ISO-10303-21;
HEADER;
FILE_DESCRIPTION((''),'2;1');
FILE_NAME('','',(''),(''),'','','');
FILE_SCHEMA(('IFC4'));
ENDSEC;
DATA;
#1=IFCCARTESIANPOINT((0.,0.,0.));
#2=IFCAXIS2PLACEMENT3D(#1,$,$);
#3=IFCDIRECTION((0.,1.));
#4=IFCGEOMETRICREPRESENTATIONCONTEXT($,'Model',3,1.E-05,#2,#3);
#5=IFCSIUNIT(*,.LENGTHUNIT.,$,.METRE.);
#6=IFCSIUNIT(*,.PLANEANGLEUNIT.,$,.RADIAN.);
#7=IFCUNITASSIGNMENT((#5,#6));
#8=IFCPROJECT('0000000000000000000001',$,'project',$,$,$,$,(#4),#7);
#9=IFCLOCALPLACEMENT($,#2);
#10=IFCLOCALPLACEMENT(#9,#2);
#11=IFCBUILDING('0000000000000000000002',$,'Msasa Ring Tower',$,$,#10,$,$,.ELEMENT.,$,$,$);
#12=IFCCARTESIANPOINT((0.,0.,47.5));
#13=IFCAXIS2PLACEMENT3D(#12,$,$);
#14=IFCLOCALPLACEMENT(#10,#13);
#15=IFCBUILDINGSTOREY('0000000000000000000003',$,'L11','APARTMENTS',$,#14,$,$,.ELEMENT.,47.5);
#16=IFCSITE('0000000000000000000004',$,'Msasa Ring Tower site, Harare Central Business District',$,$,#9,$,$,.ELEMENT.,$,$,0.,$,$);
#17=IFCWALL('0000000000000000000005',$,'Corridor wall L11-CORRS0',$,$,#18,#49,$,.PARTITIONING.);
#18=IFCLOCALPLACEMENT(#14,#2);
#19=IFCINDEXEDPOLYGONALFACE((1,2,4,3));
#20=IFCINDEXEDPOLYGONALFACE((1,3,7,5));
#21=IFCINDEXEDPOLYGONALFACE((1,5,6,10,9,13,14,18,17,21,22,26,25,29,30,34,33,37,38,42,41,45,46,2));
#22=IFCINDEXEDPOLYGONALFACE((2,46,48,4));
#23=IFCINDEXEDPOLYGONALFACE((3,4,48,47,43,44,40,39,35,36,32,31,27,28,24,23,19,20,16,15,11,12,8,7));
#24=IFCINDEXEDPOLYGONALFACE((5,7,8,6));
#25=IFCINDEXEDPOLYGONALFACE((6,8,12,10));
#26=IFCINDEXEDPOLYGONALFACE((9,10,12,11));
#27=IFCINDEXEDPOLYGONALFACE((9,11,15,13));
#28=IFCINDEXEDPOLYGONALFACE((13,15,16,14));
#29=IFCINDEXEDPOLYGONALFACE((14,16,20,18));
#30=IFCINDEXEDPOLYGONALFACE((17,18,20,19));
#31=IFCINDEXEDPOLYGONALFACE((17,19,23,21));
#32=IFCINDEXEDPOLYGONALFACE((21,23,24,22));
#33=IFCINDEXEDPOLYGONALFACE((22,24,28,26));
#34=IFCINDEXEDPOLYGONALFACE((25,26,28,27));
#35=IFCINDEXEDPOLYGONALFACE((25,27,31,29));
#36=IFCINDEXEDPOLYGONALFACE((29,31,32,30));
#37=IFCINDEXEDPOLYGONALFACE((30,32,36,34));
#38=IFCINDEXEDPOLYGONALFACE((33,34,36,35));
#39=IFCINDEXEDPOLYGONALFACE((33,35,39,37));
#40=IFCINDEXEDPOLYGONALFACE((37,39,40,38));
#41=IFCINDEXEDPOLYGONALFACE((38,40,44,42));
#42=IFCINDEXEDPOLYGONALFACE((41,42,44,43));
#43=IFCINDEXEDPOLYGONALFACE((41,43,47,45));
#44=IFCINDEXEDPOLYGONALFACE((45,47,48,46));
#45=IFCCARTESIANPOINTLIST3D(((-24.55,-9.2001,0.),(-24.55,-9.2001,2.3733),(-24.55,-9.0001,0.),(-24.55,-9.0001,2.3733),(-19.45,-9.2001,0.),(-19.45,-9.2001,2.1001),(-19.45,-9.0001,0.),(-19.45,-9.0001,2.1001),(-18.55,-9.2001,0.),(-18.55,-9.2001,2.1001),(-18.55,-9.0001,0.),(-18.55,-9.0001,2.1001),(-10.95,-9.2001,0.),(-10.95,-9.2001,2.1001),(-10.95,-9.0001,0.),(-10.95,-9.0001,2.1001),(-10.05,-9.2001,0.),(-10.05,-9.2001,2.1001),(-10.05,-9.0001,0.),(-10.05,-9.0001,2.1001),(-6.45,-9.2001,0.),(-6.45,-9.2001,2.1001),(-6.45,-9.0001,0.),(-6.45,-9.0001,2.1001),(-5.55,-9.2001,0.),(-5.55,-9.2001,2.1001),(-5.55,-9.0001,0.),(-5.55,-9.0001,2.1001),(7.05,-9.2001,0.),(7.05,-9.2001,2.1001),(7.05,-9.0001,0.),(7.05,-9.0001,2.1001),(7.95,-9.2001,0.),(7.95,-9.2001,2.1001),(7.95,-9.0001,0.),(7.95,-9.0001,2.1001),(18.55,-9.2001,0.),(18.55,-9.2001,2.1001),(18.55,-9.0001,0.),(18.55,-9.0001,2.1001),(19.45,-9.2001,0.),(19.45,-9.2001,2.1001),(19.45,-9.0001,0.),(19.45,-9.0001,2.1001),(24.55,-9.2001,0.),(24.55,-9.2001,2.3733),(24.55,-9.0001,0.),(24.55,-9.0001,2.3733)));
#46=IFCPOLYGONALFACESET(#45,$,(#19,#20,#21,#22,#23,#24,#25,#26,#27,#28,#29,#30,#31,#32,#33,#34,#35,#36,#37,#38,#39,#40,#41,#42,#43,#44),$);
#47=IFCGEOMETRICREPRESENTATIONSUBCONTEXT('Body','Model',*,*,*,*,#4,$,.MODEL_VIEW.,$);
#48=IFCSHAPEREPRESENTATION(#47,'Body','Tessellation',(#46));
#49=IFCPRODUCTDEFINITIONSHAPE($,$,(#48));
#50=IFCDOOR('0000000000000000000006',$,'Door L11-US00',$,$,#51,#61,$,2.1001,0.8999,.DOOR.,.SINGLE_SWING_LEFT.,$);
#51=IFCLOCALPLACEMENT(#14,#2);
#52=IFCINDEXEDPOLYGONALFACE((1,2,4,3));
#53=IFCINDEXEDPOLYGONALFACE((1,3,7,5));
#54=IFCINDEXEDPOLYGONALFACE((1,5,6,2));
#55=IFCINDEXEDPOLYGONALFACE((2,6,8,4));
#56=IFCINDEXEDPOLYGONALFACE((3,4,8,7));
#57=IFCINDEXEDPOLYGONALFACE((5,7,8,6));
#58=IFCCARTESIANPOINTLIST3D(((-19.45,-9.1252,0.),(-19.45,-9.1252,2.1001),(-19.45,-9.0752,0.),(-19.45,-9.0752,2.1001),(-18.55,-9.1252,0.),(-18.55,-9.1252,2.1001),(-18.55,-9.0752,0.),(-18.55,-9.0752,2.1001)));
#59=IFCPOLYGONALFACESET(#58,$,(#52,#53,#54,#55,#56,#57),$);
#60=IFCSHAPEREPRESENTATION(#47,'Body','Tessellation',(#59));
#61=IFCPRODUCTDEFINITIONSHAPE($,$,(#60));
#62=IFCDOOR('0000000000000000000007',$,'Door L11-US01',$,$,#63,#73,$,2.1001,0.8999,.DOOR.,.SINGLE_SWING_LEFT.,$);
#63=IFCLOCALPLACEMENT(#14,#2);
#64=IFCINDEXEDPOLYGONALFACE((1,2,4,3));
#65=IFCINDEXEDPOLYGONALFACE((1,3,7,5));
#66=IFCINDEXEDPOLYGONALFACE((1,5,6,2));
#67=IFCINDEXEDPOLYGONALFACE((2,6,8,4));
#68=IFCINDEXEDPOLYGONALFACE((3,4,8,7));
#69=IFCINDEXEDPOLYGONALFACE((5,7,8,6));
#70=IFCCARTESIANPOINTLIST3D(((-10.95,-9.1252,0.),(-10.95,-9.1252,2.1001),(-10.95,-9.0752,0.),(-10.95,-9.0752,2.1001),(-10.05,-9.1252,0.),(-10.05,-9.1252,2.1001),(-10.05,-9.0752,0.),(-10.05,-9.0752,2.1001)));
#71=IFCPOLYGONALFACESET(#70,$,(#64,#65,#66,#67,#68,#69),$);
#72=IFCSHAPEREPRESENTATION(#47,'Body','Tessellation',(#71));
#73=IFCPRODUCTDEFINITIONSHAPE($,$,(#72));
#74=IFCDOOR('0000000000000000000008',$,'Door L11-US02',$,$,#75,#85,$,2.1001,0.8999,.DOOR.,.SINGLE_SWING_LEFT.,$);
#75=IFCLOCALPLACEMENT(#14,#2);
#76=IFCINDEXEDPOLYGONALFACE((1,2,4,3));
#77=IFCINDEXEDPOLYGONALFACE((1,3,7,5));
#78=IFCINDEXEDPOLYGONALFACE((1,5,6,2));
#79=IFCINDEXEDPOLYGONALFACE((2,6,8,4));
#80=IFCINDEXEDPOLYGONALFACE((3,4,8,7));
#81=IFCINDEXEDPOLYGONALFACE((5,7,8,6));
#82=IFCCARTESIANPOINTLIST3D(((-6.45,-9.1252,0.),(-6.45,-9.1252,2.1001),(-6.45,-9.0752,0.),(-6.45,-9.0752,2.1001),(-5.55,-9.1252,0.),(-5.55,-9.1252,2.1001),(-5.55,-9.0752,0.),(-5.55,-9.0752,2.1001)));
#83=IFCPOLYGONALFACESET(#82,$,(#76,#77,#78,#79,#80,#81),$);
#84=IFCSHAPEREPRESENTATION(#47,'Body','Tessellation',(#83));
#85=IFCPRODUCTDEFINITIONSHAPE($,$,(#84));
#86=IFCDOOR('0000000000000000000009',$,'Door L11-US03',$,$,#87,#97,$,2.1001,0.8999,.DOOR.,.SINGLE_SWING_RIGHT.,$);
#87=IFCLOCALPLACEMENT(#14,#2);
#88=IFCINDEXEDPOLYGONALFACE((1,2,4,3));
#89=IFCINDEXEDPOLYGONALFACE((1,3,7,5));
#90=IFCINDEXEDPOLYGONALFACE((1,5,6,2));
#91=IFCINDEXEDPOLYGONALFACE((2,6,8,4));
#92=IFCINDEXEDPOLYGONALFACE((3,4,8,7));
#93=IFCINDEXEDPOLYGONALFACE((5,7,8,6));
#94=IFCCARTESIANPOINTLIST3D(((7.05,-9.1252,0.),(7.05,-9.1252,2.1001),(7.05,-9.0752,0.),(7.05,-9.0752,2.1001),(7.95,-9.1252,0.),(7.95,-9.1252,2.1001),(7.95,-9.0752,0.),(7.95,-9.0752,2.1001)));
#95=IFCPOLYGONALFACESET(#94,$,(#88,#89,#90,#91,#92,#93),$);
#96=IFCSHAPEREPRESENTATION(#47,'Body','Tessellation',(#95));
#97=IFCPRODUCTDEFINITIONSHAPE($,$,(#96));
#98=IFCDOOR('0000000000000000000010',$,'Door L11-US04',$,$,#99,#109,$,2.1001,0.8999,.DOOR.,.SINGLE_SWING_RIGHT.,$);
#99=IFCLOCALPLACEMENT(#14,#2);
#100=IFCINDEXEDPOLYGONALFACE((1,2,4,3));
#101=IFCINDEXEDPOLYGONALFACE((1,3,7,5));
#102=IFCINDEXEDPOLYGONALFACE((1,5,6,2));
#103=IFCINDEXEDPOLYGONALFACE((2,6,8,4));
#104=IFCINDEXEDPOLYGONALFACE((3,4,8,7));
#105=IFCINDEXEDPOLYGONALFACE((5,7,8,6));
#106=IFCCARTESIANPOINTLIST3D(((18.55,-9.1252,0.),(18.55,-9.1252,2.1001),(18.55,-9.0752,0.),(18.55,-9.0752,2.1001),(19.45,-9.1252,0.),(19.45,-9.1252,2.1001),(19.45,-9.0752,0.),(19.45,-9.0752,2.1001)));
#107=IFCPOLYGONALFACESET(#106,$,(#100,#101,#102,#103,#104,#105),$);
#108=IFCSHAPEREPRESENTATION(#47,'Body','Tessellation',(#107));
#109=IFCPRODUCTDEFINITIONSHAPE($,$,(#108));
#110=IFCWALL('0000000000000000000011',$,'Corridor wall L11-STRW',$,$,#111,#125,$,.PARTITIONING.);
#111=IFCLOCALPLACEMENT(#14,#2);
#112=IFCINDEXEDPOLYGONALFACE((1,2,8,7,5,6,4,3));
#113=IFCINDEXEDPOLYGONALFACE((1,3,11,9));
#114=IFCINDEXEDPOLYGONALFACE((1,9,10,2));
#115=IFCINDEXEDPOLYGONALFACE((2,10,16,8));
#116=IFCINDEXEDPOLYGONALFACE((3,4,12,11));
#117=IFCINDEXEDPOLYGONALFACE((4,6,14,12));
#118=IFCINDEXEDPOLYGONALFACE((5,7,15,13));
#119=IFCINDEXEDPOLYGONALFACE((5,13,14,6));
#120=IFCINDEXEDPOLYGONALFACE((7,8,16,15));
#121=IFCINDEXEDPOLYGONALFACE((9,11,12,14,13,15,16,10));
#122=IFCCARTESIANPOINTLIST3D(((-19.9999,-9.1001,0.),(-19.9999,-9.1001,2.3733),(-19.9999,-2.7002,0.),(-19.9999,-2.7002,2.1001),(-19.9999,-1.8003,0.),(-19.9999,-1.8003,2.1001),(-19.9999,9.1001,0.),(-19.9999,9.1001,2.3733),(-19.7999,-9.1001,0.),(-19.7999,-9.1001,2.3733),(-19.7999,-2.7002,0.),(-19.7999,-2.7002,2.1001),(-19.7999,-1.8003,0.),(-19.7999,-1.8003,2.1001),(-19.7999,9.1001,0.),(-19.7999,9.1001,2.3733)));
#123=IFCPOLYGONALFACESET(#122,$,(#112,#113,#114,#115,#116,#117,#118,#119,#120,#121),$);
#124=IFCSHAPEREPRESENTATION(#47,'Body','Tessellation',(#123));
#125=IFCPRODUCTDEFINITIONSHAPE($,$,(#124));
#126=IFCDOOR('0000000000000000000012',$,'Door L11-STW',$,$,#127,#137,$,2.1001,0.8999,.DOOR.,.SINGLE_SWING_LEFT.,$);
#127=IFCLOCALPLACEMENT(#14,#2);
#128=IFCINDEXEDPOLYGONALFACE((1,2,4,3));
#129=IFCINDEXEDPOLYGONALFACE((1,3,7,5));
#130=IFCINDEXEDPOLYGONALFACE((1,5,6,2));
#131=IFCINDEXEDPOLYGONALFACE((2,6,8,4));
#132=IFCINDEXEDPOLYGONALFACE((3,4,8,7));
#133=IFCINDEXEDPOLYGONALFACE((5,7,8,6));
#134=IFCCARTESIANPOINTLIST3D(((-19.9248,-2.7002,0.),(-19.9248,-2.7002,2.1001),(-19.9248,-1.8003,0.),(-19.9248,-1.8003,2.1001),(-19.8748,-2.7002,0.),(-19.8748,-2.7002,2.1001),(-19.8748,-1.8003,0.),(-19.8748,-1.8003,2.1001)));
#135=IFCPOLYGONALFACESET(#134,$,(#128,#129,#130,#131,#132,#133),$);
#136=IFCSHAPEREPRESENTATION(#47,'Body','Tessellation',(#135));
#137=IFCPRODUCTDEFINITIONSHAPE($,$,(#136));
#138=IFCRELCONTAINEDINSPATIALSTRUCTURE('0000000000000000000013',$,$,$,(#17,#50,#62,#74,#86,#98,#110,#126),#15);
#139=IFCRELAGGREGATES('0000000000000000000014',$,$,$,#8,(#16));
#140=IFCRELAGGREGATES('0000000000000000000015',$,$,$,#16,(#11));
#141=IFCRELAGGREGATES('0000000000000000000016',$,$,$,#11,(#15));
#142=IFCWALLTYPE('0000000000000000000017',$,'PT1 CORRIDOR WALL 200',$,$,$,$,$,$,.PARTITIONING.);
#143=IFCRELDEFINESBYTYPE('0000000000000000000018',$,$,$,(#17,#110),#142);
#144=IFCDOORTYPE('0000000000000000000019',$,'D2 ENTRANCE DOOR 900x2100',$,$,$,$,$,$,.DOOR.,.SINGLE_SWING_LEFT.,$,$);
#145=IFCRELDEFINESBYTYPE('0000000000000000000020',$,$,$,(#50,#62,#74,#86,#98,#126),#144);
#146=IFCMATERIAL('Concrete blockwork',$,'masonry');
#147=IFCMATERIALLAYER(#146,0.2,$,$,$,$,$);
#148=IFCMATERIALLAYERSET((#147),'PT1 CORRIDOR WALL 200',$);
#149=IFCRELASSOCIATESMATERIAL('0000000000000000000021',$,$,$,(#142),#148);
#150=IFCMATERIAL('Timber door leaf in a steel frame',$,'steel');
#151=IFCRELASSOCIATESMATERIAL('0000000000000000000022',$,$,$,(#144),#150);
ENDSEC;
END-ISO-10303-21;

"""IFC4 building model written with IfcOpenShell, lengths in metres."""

from ifc_helpers import new_model, si_unit, direction, frame, frame_2d, origin, place, context, subcontext, project, spatial, rectangle, extrude, material, layer, layer_set, type_object, element, fill, save


model = new_model("IFC4")

# Units and contexts
model_context = context("Model", 3, precision=1e-05, world=origin(), true_north=direction((0.0, 1.0)))
body_context = subcontext(model_context, "Body", "Model", "MODEL_VIEW")
ifc_project = project(units=[si_unit("LENGTHUNIT", "METRE"), si_unit("PLANEANGLEUNIT", "RADIAN")], contexts=[model_context])

# Site, building, storey
site_placement = place(None, origin())
site = spatial("IfcSite", under=ifc_project, at=site_placement, Name="Msasa Ring Tower site, Harare Central Business District", CompositionType="ELEMENT", RefElevation=0.0)
building_placement = place(site_placement, origin())
building = spatial("IfcBuilding", under=site, at=building_placement, Name="Msasa Ring Tower", CompositionType="ELEMENT")
storey_placement = place(building_placement, frame((0.0, 0.0, 47.5)))
storey = spatial("IfcBuildingStorey", under=building, at=storey_placement, Name="L11", Description="APARTMENTS", CompositionType="ELEMENT", Elevation=47.5)

# Wall, openings, doors
ifc_material_1 = material(Name="Concrete blockwork", Category="masonry")
ifc_layer_1 = layer(ifc_material_1, 0.2)
ifc_layer_set_1 = layer_set([ifc_layer_1], Name="PT1 CORRIDOR WALL 200")
wall_type_1 = type_object("IfcWallType", Name="PT1 CORRIDOR WALL 200", PredefinedType="PARTITIONING", material=ifc_layer_set_1)
wall_1_placement = place(storey_placement, frame((-24.55, -9.1001, 0.0), z_axis=(0.0, 0.0, 1.0), x_axis=(1.0, 0.0, 0.0)))
wall_1 = element("IfcWall", 1, at=wall_1_placement, inside=storey, type_object=wall_type_1, Name="Corridor wall L11-CORRS0", PredefinedType="PARTITIONING", context=body_context, shape_type="SweptSolid", body=[
    extrude(rectangle(XDim=49.1001, YDim=0.2, at=frame_2d((24.55, 0.0))), origin(), (0.0, 0.0, 1.0), 2.3733),
])
opening_1_placement = place(wall_1_placement, frame((5.1001, 0.0, 0.0)))
opening_1 = element("IfcOpeningElement", 2, at=opening_1_placement, cuts=wall_1, PredefinedType="OPENING", context=body_context, shape_type="SweptSolid", body=[
    extrude(rectangle(XDim=0.8999, YDim=2.1001, at=frame_2d((0.45, 1.05))), frame((0.0, 0.1099, 0.0), z_axis=(0.0, -1.0, 0.0), x_axis=(1.0, 0.0, 0.0)), (0.0, 0.0, 1.0), 0.22),
])
opening_2_placement = place(wall_1_placement, frame((13.6001, 0.0, 0.0)))
opening_2 = element("IfcOpeningElement", 3, at=opening_2_placement, cuts=wall_1, PredefinedType="OPENING", context=body_context, shape_type="SweptSolid", body=[
    extrude(rectangle(XDim=0.8999, YDim=2.1001, at=frame_2d((0.45, 1.05))), frame((0.0, 0.1099, 0.0), z_axis=(0.0, -1.0, 0.0), x_axis=(1.0, 0.0, 0.0)), (0.0, 0.0, 1.0), 0.22),
])
opening_3_placement = place(wall_1_placement, frame((18.1001, 0.0, 0.0)))
opening_3 = element("IfcOpeningElement", 4, at=opening_3_placement, cuts=wall_1, PredefinedType="OPENING", context=body_context, shape_type="SweptSolid", body=[
    extrude(rectangle(XDim=0.8999, YDim=2.1001, at=frame_2d((0.45, 1.05))), frame((0.0, 0.1099, 0.0), z_axis=(0.0, -1.0, 0.0), x_axis=(1.0, 0.0, 0.0)), (0.0, 0.0, 1.0), 0.22),
])
opening_4_placement = place(wall_1_placement, frame((31.6001, 0.0, 0.0)))
opening_4 = element("IfcOpeningElement", 5, at=opening_4_placement, cuts=wall_1, PredefinedType="OPENING", context=body_context, shape_type="SweptSolid", body=[
    extrude(rectangle(XDim=0.8999, YDim=2.1001, at=frame_2d((0.45, 1.05))), frame((0.0, 0.1099, 0.0), z_axis=(0.0, -1.0, 0.0), x_axis=(1.0, 0.0, 0.0)), (0.0, 0.0, 1.0), 0.22),
])
opening_5_placement = place(wall_1_placement, frame((43.1001, 0.0, 0.0)))
opening_5 = element("IfcOpeningElement", 6, at=opening_5_placement, cuts=wall_1, PredefinedType="OPENING", context=body_context, shape_type="SweptSolid", body=[
    extrude(rectangle(XDim=0.8999, YDim=2.1001, at=frame_2d((0.45, 1.05))), frame((0.0, 0.1099, 0.0), z_axis=(0.0, -1.0, 0.0), x_axis=(1.0, 0.0, 0.0)), (0.0, 0.0, 1.0), 0.22),
])
ifc_material_2 = material(Name="Timber door leaf in a steel frame", Category="steel")
door_type_1 = type_object("IfcDoorType", Name="D2 ENTRANCE DOOR 900x2100", OperationType="SINGLE_SWING_LEFT", PredefinedType="DOOR", material=ifc_material_2)
door_1_placement = place(opening_1_placement, origin())
door_1 = element("IfcDoor", 7, at=door_1_placement, inside=storey, type_object=door_type_1, Name="Door L11-US00", OperationType="SINGLE_SWING_LEFT", OverallHeight=2.1001, OverallWidth=0.8999, PredefinedType="DOOR", context=body_context, shape_type="SweptSolid", body=[
    extrude(rectangle(XDim=0.8999, YDim=2.1001, at=frame_2d((0.45, 1.05))), frame((0.0, 0.0249, 0.0), z_axis=(0.0, -1.0, 0.0), x_axis=(1.0, 0.0, 0.0)), (0.0, 0.0, 1.0), 0.05),
])
fill(opening_1, door_1)
door_2_placement = place(opening_2_placement, origin())
door_2 = element("IfcDoor", 8, at=door_2_placement, inside=storey, type_object=door_type_1, Name="Door L11-US01", OperationType="SINGLE_SWING_LEFT", OverallHeight=2.1001, OverallWidth=0.8999, PredefinedType="DOOR", context=body_context, shape_type="SweptSolid", body=[
    extrude(rectangle(XDim=0.8999, YDim=2.1001, at=frame_2d((0.45, 1.05))), frame((0.0, 0.0249, 0.0), z_axis=(0.0, -1.0, 0.0), x_axis=(1.0, 0.0, 0.0)), (0.0, 0.0, 1.0), 0.05),
])
fill(opening_2, door_2)
door_3_placement = place(opening_3_placement, origin())
door_3 = element("IfcDoor", 9, at=door_3_placement, inside=storey, type_object=door_type_1, Name="Door L11-US02", OperationType="SINGLE_SWING_LEFT", OverallHeight=2.1001, OverallWidth=0.8999, PredefinedType="DOOR", context=body_context, shape_type="SweptSolid", body=[
    extrude(rectangle(XDim=0.8999, YDim=2.1001, at=frame_2d((0.45, 1.05))), frame((0.0, 0.0249, 0.0), z_axis=(0.0, -1.0, 0.0), x_axis=(1.0, 0.0, 0.0)), (0.0, 0.0, 1.0), 0.05),
])
fill(opening_3, door_3)
door_4_placement = place(opening_4_placement, origin())
door_4 = element("IfcDoor", 10, at=door_4_placement, inside=storey, type_object=door_type_1, Name="Door L11-US03", OperationType="SINGLE_SWING_RIGHT", OverallHeight=2.1001, OverallWidth=0.8999, PredefinedType="DOOR", context=body_context, shape_type="SweptSolid", body=[
    extrude(rectangle(XDim=0.8999, YDim=2.1001, at=frame_2d((0.45, 1.05))), frame((0.0, 0.0249, 0.0), z_axis=(0.0, -1.0, 0.0), x_axis=(1.0, 0.0, 0.0)), (0.0, 0.0, 1.0), 0.05),
])
fill(opening_4, door_4)
door_5_placement = place(opening_5_placement, origin())
door_5 = element("IfcDoor", 11, at=door_5_placement, inside=storey, type_object=door_type_1, Name="Door L11-US04", OperationType="SINGLE_SWING_RIGHT", OverallHeight=2.1001, OverallWidth=0.8999, PredefinedType="DOOR", context=body_context, shape_type="SweptSolid", body=[
    extrude(rectangle(XDim=0.8999, YDim=2.1001, at=frame_2d((0.45, 1.05))), frame((0.0, 0.0249, 0.0), z_axis=(0.0, -1.0, 0.0), x_axis=(1.0, 0.0, 0.0)), (0.0, 0.0, 1.0), 0.05),
])
fill(opening_5, door_5)

# Wall, opening, door
wall_2_placement = place(storey_placement, frame((-19.8999, -9.1001, 0.0), z_axis=(0.0, 0.0, 1.0), x_axis=(0.0, 1.0, 0.0)))
wall_2 = element("IfcWall", 12, at=wall_2_placement, inside=storey, type_object=wall_type_1, Name="Corridor wall L11-STRW", PredefinedType="PARTITIONING", context=body_context, shape_type="SweptSolid", body=[
    extrude(rectangle(XDim=18.2002, YDim=0.2, at=frame_2d((9.1001, 0.0))), origin(), (0.0, 0.0, 1.0), 2.3733),
])
opening_6_placement = place(wall_2_placement, frame((6.3999, 0.0, 0.0)))
opening_6 = element("IfcOpeningElement", 13, at=opening_6_placement, cuts=wall_2, PredefinedType="OPENING", context=body_context, shape_type="SweptSolid", body=[
    extrude(rectangle(XDim=0.8999, YDim=2.1001, at=frame_2d((0.45, 1.05))), frame((0.0, 0.1099, 0.0), z_axis=(0.0, -1.0, 0.0), x_axis=(1.0, 0.0, 0.0)), (0.0, 0.0, 1.0), 0.22),
])
door_6_placement = place(opening_6_placement, origin())
door_6 = element("IfcDoor", 14, at=door_6_placement, inside=storey, type_object=door_type_1, Name="Door L11-STW", OperationType="SINGLE_SWING_LEFT", OverallHeight=2.1001, OverallWidth=0.8999, PredefinedType="DOOR", context=body_context, shape_type="SweptSolid", body=[
    extrude(rectangle(XDim=0.8999, YDim=2.1001, at=frame_2d((0.45, 1.05))), frame((0.0, 0.0249, 0.0), z_axis=(0.0, -1.0, 0.0), x_axis=(1.0, 0.0, 0.0)), (0.0, 0.0, 1.0), 0.05),
])
fill(opening_6, door_6)

save(model, "model.ifc")
